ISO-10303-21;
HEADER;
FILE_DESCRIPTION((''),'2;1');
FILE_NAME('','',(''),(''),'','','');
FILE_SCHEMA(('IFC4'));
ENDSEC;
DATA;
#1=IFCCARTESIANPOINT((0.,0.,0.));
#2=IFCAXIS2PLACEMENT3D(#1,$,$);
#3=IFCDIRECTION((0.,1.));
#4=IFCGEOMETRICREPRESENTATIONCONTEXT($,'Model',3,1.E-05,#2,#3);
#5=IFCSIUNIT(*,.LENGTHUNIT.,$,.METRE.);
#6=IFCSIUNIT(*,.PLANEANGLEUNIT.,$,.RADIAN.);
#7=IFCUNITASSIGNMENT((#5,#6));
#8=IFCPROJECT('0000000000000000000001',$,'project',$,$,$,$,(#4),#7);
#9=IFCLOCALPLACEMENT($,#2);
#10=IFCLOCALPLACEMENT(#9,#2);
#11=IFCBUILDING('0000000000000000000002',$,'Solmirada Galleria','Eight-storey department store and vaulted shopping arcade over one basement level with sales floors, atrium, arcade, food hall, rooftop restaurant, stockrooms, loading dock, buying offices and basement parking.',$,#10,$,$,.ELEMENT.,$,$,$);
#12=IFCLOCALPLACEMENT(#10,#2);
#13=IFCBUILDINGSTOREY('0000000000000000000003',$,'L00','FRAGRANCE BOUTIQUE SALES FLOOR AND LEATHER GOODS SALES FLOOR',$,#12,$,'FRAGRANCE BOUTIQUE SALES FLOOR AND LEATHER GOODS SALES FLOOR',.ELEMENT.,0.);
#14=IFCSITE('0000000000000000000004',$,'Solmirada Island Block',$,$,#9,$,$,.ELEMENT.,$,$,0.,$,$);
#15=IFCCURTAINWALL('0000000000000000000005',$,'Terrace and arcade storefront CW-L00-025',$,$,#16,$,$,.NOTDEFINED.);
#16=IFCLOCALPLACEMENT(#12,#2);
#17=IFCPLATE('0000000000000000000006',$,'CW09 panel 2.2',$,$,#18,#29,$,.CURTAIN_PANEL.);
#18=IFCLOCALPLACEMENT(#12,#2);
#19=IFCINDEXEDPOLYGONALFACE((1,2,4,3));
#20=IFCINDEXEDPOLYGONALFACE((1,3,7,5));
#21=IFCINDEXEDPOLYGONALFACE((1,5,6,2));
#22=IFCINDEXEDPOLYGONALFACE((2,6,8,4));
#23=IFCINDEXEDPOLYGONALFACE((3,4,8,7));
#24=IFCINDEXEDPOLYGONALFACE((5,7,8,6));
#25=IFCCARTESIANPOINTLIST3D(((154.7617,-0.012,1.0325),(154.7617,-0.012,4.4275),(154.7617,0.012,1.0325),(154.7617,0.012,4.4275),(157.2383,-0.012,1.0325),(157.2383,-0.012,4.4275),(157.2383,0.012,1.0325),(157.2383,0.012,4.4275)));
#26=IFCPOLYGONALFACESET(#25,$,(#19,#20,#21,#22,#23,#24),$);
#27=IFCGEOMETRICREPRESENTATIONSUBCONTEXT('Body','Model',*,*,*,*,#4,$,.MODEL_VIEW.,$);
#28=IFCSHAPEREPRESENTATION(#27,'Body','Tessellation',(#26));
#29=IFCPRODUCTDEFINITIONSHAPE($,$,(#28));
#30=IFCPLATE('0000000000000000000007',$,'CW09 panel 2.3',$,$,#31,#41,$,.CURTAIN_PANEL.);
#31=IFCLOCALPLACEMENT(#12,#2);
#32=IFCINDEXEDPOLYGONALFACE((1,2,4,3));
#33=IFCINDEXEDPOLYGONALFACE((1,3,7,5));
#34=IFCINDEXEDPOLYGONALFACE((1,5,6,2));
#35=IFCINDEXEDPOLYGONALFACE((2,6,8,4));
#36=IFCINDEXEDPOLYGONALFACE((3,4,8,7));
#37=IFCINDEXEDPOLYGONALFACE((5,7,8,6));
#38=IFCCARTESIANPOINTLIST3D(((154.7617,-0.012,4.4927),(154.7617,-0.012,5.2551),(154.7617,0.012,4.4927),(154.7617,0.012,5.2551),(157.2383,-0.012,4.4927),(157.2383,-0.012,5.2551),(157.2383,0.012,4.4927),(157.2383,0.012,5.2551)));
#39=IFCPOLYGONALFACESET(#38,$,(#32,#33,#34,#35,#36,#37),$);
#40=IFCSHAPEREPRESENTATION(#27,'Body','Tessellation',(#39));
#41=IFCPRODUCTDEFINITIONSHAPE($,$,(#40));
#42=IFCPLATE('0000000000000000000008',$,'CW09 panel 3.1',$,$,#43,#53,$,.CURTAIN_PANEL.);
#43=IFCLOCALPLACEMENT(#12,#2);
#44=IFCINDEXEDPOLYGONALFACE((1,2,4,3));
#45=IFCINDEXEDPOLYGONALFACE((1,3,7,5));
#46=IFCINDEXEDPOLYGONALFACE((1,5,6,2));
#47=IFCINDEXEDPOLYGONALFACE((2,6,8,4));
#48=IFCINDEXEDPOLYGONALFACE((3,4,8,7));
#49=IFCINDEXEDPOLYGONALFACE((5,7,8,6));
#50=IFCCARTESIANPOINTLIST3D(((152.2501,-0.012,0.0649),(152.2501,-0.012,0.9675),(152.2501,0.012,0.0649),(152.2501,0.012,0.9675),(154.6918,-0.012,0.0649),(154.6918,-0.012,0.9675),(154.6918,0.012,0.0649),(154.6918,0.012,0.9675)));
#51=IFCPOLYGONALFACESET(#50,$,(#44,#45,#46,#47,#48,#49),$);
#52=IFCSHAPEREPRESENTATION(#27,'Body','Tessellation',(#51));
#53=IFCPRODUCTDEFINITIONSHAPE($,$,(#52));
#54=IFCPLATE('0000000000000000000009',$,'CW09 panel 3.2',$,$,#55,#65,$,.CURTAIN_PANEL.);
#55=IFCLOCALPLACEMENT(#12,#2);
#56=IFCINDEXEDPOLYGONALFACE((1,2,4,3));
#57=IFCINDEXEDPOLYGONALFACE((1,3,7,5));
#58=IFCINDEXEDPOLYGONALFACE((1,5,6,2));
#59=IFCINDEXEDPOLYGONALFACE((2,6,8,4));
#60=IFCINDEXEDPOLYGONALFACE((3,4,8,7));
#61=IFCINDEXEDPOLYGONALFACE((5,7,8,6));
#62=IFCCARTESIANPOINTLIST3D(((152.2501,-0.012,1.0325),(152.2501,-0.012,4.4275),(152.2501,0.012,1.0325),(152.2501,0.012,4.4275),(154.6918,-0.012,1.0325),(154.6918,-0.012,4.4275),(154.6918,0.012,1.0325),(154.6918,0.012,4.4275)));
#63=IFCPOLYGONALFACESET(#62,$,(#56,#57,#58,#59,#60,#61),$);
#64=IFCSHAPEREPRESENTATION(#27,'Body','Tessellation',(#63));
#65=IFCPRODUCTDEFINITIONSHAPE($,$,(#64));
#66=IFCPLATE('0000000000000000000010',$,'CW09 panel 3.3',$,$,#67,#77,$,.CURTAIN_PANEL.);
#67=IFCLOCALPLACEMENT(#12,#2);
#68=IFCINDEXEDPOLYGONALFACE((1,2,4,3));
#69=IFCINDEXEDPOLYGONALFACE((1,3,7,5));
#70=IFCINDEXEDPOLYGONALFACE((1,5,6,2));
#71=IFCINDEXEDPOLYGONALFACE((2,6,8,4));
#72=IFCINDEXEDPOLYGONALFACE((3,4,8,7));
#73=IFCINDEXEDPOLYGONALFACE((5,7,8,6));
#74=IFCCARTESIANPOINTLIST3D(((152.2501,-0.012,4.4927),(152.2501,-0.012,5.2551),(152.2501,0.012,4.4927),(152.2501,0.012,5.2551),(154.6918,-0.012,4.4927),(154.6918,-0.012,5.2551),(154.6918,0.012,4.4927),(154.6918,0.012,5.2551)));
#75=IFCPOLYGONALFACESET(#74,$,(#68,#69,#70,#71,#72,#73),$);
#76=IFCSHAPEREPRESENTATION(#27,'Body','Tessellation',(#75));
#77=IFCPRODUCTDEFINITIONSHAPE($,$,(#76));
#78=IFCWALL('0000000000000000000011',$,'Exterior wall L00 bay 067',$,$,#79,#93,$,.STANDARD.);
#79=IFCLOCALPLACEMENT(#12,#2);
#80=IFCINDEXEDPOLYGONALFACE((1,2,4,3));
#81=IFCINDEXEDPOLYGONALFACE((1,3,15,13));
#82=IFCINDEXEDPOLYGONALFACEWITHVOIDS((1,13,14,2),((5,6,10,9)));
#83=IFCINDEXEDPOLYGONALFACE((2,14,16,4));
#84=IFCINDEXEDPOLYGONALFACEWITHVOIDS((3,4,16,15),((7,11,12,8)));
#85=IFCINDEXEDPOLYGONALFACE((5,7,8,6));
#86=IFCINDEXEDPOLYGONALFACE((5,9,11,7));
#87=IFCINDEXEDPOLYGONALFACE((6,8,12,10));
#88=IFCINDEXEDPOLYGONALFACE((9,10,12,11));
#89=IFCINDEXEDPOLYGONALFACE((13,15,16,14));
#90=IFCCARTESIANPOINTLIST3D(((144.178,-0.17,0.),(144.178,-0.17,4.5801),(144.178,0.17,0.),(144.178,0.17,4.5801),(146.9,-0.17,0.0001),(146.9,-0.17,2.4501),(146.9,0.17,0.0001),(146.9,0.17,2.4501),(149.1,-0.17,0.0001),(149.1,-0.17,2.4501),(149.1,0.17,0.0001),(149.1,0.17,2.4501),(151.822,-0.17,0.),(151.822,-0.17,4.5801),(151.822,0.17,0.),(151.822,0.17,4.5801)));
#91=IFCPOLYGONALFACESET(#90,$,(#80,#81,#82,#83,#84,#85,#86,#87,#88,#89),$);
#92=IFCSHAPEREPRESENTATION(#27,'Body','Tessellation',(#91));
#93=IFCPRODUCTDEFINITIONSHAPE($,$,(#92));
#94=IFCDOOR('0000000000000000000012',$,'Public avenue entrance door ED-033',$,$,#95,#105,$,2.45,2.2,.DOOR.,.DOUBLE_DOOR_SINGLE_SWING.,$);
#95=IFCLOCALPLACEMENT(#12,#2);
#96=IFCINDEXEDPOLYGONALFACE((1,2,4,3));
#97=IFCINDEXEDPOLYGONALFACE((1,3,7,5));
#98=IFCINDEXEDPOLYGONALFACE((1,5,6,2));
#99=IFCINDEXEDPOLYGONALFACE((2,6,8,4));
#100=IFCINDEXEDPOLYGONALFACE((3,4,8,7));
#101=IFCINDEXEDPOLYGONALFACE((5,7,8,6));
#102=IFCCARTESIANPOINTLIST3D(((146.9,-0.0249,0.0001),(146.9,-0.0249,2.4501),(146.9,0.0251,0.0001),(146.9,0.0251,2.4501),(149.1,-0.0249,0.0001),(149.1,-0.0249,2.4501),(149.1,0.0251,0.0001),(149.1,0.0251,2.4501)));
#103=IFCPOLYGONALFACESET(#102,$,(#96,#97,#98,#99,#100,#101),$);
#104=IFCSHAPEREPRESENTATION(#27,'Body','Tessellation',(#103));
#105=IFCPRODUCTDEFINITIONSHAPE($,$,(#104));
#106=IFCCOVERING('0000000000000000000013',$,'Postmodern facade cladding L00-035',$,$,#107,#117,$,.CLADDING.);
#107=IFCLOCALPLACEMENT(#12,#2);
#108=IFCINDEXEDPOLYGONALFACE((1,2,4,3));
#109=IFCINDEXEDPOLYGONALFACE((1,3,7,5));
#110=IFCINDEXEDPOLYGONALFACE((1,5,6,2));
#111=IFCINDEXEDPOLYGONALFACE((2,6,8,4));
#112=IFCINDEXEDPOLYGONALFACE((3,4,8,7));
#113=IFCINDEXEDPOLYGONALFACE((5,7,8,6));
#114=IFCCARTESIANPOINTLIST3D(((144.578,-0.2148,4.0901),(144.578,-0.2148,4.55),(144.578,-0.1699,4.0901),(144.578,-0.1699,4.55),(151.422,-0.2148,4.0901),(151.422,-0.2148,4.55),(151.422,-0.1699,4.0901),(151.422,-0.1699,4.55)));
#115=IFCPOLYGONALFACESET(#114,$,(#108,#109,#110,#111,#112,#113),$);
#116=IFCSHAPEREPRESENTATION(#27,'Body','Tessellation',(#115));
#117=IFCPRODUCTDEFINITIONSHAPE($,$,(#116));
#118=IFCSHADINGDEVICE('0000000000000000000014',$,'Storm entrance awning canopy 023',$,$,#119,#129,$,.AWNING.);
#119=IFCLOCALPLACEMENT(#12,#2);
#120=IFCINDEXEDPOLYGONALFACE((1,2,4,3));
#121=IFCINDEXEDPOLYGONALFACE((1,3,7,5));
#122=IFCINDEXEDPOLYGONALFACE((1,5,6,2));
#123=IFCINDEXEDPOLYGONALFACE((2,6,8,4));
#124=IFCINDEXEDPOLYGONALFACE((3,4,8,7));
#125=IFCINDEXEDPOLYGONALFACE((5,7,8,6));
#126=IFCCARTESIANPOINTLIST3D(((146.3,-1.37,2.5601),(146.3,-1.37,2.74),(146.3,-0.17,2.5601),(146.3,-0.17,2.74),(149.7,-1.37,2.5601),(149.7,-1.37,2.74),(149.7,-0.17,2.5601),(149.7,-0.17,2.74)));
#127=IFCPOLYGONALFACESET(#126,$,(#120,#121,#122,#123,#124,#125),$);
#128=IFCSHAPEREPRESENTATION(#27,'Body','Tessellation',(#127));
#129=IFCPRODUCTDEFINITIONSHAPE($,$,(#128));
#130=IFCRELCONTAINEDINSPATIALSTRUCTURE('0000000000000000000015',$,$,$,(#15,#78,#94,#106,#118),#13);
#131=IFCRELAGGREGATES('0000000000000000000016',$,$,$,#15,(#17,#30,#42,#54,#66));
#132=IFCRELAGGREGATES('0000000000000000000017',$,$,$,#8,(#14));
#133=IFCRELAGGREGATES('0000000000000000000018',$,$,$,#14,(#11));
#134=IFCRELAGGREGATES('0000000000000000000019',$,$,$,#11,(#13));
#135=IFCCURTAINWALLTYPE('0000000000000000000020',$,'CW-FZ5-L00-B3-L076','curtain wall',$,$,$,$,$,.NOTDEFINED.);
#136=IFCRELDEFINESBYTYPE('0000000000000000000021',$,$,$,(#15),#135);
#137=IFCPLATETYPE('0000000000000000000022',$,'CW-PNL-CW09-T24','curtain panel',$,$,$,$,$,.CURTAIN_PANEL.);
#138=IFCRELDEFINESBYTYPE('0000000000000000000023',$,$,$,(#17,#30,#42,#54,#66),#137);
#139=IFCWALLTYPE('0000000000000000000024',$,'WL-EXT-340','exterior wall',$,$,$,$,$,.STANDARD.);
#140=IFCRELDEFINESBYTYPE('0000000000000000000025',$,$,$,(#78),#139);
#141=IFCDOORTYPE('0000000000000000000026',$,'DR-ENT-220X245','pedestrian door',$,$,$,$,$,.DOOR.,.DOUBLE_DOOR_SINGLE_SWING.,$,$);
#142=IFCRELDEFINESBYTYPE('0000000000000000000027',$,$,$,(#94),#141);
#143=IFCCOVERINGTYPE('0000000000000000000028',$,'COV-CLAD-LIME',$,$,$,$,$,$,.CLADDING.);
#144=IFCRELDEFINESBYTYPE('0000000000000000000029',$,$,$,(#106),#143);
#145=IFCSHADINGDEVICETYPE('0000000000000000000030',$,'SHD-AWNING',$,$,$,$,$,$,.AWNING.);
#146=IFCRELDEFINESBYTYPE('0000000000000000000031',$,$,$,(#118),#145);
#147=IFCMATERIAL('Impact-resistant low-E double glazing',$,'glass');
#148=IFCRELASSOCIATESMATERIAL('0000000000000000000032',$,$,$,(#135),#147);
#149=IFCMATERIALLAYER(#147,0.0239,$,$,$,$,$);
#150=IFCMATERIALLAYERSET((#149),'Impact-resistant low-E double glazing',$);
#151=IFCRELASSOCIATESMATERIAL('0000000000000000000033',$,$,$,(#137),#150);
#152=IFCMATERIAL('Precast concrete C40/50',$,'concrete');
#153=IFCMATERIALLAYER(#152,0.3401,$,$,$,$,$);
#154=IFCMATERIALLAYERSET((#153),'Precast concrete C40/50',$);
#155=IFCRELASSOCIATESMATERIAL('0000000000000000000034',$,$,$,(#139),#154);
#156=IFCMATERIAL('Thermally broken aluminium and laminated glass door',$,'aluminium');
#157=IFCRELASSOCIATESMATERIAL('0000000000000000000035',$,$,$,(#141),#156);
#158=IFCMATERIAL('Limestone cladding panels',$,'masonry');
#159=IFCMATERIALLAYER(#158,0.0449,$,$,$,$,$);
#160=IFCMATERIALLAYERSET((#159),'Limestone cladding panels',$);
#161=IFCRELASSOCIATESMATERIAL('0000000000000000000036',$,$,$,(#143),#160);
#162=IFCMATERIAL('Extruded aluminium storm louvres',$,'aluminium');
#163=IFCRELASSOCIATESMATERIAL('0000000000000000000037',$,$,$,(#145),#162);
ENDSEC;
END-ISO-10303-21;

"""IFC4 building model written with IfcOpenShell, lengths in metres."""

from ifc_helpers import new_model, si_unit, direction, frame, frame_2d, origin, origin_2d, place, context, subcontext, project, spatial, rectangle, extrude, material, layer, layer_set, type_object, element, fill, aggregate, save


model = new_model("IFC4")

# Units and contexts
model_context = context("Model", 3, precision=1e-05, world=origin(), true_north=direction((0.0, 1.0)))
body_context = subcontext(model_context, "Body", "Model", "MODEL_VIEW")
ifc_project = project(units=[si_unit("LENGTHUNIT", "METRE"), si_unit("PLANEANGLEUNIT", "RADIAN")], contexts=[model_context])

# Site, building, storey
site_placement = place(None, origin())
site = spatial("IfcSite", under=ifc_project, at=site_placement, Name="Solmirada Island Block", CompositionType="ELEMENT", RefElevation=0.0)
building_placement = place(site_placement, origin())
building = spatial("IfcBuilding", under=site, at=building_placement, Name="Solmirada Galleria", Description="Eight-storey department store and vaulted shopping arcade over one basement level with sales floors, atrium, arcade, food hall, rooftop restaurant, stockrooms, loading dock, buying offices and basement parking.", CompositionType="ELEMENT")
storey_placement = place(building_placement, origin())
storey = spatial("IfcBuildingStorey", under=building, at=storey_placement, Name="L00", Description="FRAGRANCE BOUTIQUE SALES FLOOR AND LEATHER GOODS SALES FLOOR", LongName="FRAGRANCE BOUTIQUE SALES FLOOR AND LEATHER GOODS SALES FLOOR", CompositionType="ELEMENT", Elevation=0.0)

# Curtain wall, plates
ifc_material_1 = material(Name="Impact-resistant low-E double glazing", Category="glass")
curtain_wall_type = type_object("IfcCurtainWallType", Name="CW-FZ5-L00-B3-L076", Description="curtain wall", PredefinedType="NOTDEFINED", material=ifc_material_1)
curtain_wall_placement = place(storey_placement, origin())
curtain_wall = element("IfcCurtainWall", 1, at=curtain_wall_placement, inside=storey, type_object=curtain_wall_type, Name="Terrace and arcade storefront CW-L00-025", PredefinedType="NOTDEFINED")
ifc_layer_1 = layer(ifc_material_1, 0.0239)
ifc_layer_set_1 = layer_set([ifc_layer_1], Name="Impact-resistant low-E double glazing")
plate_type = type_object("IfcPlateType", Name="CW-PNL-CW09-T24", Description="curtain panel", PredefinedType="CURTAIN_PANEL", material=ifc_layer_set_1)
plate_1_placement = place(storey_placement, frame((156.0, 0.0, 1.0325), z_axis=(0.0, 0.0, 1.0), x_axis=(-1.0, 0.0, 0.0)))
plate_1 = element("IfcPlate", 2, at=plate_1_placement, type_object=plate_type, Name="CW09 panel 2.2", PredefinedType="CURTAIN_PANEL", context=body_context, shape_type="SweptSolid", body=[
    extrude(rectangle(XDim=2.4766, YDim=0.0239, at=origin_2d()), origin(), (0.0, 0.0, 1.0), 3.395),
])
plate_2_placement = place(storey_placement, frame((156.0, 0.0, 4.4927), z_axis=(0.0, 0.0, 1.0), x_axis=(-1.0, 0.0, 0.0)))
plate_2 = element("IfcPlate", 3, at=plate_2_placement, type_object=plate_type, Name="CW09 panel 2.3", PredefinedType="CURTAIN_PANEL", context=body_context, shape_type="SweptSolid", body=[
    extrude(rectangle(XDim=2.4766, YDim=0.0239, at=origin_2d()), origin(), (0.0, 0.0, 1.0), 0.7625),
])
plate_3_placement = place(storey_placement, frame((153.4709, 0.0, 0.0649), z_axis=(0.0, 0.0, 1.0), x_axis=(-1.0, 0.0, 0.0)))
plate_3 = element("IfcPlate", 4, at=plate_3_placement, type_object=plate_type, Name="CW09 panel 3.1", PredefinedType="CURTAIN_PANEL", context=body_context, shape_type="SweptSolid", body=[
    extrude(rectangle(XDim=2.4417, YDim=0.0239, at=origin_2d()), origin(), (0.0, 0.0, 1.0), 0.9026),
])
plate_4_placement = place(storey_placement, frame((153.4709, 0.0, 1.0325), z_axis=(0.0, 0.0, 1.0), x_axis=(-1.0, 0.0, 0.0)))
plate_4 = element("IfcPlate", 5, at=plate_4_placement, type_object=plate_type, Name="CW09 panel 3.2", PredefinedType="CURTAIN_PANEL", context=body_context, shape_type="SweptSolid", body=[
    extrude(rectangle(XDim=2.4417, YDim=0.0239, at=origin_2d()), origin(), (0.0, 0.0, 1.0), 3.395),
])
plate_5_placement = place(storey_placement, frame((153.4709, 0.0, 4.4927), z_axis=(0.0, 0.0, 1.0), x_axis=(-1.0, 0.0, 0.0)))
plate_5 = element("IfcPlate", 6, at=plate_5_placement, type_object=plate_type, Name="CW09 panel 3.3", PredefinedType="CURTAIN_PANEL", context=body_context, shape_type="SweptSolid", body=[
    extrude(rectangle(XDim=2.4417, YDim=0.0239, at=origin_2d()), origin(), (0.0, 0.0, 1.0), 0.7625),
])
aggregate(curtain_wall, [plate_1, plate_2, plate_3, plate_4, plate_5])

# Wall, opening, door
ifc_material_2 = material(Name="Precast concrete C40/50", Category="concrete")
ifc_layer_2 = layer(ifc_material_2, 0.3401)
ifc_layer_set_2 = layer_set([ifc_layer_2], Name="Precast concrete C40/50")
wall_type = type_object("IfcWallType", Name="WL-EXT-340", Description="exterior wall", PredefinedType="STANDARD", material=ifc_layer_set_2)
wall_placement = place(storey_placement, frame((151.822, 0.0, 0.0), z_axis=(0.0, 0.0, 1.0), x_axis=(-1.0, 0.0, 0.0)))
wall = element("IfcWall", 7, at=wall_placement, inside=storey, type_object=wall_type, Name="Exterior wall L00 bay 067", PredefinedType="STANDARD", context=body_context, shape_type="SweptSolid", body=[
    extrude(rectangle(XDim=7.644, YDim=0.3401, at=frame_2d((3.822, 0.0))), origin(), (0.0, 0.0, 1.0), 4.5801),
])
opening_placement = place(wall_placement, frame((2.7219, 0.0, 0.0)))
opening = element("IfcOpeningElement", 8, at=opening_placement, cuts=wall, PredefinedType="OPENING", context=body_context, shape_type="SweptSolid", body=[
    extrude(rectangle(XDim=2.2, YDim=2.45, at=frame_2d((1.1001, 1.2251))), frame((0.0, 0.1799, 0.0), z_axis=(0.0, -1.0, 0.0), x_axis=(1.0, 0.0, 0.0)), (0.0, 0.0, 1.0), 0.3601),
])
ifc_material_3 = material(Name="Thermally broken aluminium and laminated glass door", Category="aluminium")
door_type = type_object("IfcDoorType", Name="DR-ENT-220X245", Description="pedestrian door", OperationType="DOUBLE_DOOR_SINGLE_SWING", PredefinedType="DOOR", material=ifc_material_3)
door_placement = place(opening_placement, origin())
door = element("IfcDoor", 9, at=door_placement, inside=storey, type_object=door_type, Name="Public avenue entrance door ED-033", OperationType="DOUBLE_DOOR_SINGLE_SWING", OverallHeight=2.45, OverallWidth=2.2, PredefinedType="DOOR", context=body_context, shape_type="SweptSolid", body=[
    extrude(rectangle(XDim=2.2, YDim=2.45, at=frame_2d((1.1001, 1.2251))), frame((0.0, 0.0249, 0.0), z_axis=(0.0, -1.0, 0.0), x_axis=(1.0, 0.0, 0.0)), (0.0, 0.0, 1.0), 0.05),
])
fill(opening, door)

# Covering
ifc_material_4 = material(Name="Limestone cladding panels", Category="masonry")
ifc_layer_3 = layer(ifc_material_4, 0.0449)
ifc_layer_set_3 = layer_set([ifc_layer_3], Name="Limestone cladding panels")
covering_type = type_object("IfcCoveringType", Name="COV-CLAD-LIME", PredefinedType="CLADDING", material=ifc_layer_set_3)
covering_placement = place(storey_placement, frame((148.0, -0.1924, 4.0901), z_axis=(0.0, 0.0, 1.0), x_axis=(-1.0, 0.0, 0.0)))
element("IfcCovering", 10, at=covering_placement, inside=storey, type_object=covering_type, Name="Postmodern facade cladding L00-035", PredefinedType="CLADDING", context=body_context, shape_type="SweptSolid", body=[
    extrude(rectangle(XDim=6.844, YDim=0.0449, at=origin_2d()), origin(), (0.0, 0.0, 1.0), 0.46),
])

# Shading device
ifc_material_5 = material(Name="Extruded aluminium storm louvres", Category="aluminium")
shading_device_type = type_object("IfcShadingDeviceType", Name="SHD-AWNING", PredefinedType="AWNING", material=ifc_material_5)
shading_device_placement = place(storey_placement, frame((148.0, -0.77, 2.5601), z_axis=(0.0, 0.0, 1.0), x_axis=(-1.0, 0.0, 0.0)))
element("IfcShadingDevice", 11, at=shading_device_placement, inside=storey, type_object=shading_device_type, Name="Storm entrance awning canopy 023", PredefinedType="AWNING", context=body_context, shape_type="SweptSolid", body=[
    extrude(rectangle(XDim=3.3999, YDim=1.2, at=origin_2d()), origin(), (0.0, 0.0, 1.0), 0.1799),
])

save(model, "model.ifc")
